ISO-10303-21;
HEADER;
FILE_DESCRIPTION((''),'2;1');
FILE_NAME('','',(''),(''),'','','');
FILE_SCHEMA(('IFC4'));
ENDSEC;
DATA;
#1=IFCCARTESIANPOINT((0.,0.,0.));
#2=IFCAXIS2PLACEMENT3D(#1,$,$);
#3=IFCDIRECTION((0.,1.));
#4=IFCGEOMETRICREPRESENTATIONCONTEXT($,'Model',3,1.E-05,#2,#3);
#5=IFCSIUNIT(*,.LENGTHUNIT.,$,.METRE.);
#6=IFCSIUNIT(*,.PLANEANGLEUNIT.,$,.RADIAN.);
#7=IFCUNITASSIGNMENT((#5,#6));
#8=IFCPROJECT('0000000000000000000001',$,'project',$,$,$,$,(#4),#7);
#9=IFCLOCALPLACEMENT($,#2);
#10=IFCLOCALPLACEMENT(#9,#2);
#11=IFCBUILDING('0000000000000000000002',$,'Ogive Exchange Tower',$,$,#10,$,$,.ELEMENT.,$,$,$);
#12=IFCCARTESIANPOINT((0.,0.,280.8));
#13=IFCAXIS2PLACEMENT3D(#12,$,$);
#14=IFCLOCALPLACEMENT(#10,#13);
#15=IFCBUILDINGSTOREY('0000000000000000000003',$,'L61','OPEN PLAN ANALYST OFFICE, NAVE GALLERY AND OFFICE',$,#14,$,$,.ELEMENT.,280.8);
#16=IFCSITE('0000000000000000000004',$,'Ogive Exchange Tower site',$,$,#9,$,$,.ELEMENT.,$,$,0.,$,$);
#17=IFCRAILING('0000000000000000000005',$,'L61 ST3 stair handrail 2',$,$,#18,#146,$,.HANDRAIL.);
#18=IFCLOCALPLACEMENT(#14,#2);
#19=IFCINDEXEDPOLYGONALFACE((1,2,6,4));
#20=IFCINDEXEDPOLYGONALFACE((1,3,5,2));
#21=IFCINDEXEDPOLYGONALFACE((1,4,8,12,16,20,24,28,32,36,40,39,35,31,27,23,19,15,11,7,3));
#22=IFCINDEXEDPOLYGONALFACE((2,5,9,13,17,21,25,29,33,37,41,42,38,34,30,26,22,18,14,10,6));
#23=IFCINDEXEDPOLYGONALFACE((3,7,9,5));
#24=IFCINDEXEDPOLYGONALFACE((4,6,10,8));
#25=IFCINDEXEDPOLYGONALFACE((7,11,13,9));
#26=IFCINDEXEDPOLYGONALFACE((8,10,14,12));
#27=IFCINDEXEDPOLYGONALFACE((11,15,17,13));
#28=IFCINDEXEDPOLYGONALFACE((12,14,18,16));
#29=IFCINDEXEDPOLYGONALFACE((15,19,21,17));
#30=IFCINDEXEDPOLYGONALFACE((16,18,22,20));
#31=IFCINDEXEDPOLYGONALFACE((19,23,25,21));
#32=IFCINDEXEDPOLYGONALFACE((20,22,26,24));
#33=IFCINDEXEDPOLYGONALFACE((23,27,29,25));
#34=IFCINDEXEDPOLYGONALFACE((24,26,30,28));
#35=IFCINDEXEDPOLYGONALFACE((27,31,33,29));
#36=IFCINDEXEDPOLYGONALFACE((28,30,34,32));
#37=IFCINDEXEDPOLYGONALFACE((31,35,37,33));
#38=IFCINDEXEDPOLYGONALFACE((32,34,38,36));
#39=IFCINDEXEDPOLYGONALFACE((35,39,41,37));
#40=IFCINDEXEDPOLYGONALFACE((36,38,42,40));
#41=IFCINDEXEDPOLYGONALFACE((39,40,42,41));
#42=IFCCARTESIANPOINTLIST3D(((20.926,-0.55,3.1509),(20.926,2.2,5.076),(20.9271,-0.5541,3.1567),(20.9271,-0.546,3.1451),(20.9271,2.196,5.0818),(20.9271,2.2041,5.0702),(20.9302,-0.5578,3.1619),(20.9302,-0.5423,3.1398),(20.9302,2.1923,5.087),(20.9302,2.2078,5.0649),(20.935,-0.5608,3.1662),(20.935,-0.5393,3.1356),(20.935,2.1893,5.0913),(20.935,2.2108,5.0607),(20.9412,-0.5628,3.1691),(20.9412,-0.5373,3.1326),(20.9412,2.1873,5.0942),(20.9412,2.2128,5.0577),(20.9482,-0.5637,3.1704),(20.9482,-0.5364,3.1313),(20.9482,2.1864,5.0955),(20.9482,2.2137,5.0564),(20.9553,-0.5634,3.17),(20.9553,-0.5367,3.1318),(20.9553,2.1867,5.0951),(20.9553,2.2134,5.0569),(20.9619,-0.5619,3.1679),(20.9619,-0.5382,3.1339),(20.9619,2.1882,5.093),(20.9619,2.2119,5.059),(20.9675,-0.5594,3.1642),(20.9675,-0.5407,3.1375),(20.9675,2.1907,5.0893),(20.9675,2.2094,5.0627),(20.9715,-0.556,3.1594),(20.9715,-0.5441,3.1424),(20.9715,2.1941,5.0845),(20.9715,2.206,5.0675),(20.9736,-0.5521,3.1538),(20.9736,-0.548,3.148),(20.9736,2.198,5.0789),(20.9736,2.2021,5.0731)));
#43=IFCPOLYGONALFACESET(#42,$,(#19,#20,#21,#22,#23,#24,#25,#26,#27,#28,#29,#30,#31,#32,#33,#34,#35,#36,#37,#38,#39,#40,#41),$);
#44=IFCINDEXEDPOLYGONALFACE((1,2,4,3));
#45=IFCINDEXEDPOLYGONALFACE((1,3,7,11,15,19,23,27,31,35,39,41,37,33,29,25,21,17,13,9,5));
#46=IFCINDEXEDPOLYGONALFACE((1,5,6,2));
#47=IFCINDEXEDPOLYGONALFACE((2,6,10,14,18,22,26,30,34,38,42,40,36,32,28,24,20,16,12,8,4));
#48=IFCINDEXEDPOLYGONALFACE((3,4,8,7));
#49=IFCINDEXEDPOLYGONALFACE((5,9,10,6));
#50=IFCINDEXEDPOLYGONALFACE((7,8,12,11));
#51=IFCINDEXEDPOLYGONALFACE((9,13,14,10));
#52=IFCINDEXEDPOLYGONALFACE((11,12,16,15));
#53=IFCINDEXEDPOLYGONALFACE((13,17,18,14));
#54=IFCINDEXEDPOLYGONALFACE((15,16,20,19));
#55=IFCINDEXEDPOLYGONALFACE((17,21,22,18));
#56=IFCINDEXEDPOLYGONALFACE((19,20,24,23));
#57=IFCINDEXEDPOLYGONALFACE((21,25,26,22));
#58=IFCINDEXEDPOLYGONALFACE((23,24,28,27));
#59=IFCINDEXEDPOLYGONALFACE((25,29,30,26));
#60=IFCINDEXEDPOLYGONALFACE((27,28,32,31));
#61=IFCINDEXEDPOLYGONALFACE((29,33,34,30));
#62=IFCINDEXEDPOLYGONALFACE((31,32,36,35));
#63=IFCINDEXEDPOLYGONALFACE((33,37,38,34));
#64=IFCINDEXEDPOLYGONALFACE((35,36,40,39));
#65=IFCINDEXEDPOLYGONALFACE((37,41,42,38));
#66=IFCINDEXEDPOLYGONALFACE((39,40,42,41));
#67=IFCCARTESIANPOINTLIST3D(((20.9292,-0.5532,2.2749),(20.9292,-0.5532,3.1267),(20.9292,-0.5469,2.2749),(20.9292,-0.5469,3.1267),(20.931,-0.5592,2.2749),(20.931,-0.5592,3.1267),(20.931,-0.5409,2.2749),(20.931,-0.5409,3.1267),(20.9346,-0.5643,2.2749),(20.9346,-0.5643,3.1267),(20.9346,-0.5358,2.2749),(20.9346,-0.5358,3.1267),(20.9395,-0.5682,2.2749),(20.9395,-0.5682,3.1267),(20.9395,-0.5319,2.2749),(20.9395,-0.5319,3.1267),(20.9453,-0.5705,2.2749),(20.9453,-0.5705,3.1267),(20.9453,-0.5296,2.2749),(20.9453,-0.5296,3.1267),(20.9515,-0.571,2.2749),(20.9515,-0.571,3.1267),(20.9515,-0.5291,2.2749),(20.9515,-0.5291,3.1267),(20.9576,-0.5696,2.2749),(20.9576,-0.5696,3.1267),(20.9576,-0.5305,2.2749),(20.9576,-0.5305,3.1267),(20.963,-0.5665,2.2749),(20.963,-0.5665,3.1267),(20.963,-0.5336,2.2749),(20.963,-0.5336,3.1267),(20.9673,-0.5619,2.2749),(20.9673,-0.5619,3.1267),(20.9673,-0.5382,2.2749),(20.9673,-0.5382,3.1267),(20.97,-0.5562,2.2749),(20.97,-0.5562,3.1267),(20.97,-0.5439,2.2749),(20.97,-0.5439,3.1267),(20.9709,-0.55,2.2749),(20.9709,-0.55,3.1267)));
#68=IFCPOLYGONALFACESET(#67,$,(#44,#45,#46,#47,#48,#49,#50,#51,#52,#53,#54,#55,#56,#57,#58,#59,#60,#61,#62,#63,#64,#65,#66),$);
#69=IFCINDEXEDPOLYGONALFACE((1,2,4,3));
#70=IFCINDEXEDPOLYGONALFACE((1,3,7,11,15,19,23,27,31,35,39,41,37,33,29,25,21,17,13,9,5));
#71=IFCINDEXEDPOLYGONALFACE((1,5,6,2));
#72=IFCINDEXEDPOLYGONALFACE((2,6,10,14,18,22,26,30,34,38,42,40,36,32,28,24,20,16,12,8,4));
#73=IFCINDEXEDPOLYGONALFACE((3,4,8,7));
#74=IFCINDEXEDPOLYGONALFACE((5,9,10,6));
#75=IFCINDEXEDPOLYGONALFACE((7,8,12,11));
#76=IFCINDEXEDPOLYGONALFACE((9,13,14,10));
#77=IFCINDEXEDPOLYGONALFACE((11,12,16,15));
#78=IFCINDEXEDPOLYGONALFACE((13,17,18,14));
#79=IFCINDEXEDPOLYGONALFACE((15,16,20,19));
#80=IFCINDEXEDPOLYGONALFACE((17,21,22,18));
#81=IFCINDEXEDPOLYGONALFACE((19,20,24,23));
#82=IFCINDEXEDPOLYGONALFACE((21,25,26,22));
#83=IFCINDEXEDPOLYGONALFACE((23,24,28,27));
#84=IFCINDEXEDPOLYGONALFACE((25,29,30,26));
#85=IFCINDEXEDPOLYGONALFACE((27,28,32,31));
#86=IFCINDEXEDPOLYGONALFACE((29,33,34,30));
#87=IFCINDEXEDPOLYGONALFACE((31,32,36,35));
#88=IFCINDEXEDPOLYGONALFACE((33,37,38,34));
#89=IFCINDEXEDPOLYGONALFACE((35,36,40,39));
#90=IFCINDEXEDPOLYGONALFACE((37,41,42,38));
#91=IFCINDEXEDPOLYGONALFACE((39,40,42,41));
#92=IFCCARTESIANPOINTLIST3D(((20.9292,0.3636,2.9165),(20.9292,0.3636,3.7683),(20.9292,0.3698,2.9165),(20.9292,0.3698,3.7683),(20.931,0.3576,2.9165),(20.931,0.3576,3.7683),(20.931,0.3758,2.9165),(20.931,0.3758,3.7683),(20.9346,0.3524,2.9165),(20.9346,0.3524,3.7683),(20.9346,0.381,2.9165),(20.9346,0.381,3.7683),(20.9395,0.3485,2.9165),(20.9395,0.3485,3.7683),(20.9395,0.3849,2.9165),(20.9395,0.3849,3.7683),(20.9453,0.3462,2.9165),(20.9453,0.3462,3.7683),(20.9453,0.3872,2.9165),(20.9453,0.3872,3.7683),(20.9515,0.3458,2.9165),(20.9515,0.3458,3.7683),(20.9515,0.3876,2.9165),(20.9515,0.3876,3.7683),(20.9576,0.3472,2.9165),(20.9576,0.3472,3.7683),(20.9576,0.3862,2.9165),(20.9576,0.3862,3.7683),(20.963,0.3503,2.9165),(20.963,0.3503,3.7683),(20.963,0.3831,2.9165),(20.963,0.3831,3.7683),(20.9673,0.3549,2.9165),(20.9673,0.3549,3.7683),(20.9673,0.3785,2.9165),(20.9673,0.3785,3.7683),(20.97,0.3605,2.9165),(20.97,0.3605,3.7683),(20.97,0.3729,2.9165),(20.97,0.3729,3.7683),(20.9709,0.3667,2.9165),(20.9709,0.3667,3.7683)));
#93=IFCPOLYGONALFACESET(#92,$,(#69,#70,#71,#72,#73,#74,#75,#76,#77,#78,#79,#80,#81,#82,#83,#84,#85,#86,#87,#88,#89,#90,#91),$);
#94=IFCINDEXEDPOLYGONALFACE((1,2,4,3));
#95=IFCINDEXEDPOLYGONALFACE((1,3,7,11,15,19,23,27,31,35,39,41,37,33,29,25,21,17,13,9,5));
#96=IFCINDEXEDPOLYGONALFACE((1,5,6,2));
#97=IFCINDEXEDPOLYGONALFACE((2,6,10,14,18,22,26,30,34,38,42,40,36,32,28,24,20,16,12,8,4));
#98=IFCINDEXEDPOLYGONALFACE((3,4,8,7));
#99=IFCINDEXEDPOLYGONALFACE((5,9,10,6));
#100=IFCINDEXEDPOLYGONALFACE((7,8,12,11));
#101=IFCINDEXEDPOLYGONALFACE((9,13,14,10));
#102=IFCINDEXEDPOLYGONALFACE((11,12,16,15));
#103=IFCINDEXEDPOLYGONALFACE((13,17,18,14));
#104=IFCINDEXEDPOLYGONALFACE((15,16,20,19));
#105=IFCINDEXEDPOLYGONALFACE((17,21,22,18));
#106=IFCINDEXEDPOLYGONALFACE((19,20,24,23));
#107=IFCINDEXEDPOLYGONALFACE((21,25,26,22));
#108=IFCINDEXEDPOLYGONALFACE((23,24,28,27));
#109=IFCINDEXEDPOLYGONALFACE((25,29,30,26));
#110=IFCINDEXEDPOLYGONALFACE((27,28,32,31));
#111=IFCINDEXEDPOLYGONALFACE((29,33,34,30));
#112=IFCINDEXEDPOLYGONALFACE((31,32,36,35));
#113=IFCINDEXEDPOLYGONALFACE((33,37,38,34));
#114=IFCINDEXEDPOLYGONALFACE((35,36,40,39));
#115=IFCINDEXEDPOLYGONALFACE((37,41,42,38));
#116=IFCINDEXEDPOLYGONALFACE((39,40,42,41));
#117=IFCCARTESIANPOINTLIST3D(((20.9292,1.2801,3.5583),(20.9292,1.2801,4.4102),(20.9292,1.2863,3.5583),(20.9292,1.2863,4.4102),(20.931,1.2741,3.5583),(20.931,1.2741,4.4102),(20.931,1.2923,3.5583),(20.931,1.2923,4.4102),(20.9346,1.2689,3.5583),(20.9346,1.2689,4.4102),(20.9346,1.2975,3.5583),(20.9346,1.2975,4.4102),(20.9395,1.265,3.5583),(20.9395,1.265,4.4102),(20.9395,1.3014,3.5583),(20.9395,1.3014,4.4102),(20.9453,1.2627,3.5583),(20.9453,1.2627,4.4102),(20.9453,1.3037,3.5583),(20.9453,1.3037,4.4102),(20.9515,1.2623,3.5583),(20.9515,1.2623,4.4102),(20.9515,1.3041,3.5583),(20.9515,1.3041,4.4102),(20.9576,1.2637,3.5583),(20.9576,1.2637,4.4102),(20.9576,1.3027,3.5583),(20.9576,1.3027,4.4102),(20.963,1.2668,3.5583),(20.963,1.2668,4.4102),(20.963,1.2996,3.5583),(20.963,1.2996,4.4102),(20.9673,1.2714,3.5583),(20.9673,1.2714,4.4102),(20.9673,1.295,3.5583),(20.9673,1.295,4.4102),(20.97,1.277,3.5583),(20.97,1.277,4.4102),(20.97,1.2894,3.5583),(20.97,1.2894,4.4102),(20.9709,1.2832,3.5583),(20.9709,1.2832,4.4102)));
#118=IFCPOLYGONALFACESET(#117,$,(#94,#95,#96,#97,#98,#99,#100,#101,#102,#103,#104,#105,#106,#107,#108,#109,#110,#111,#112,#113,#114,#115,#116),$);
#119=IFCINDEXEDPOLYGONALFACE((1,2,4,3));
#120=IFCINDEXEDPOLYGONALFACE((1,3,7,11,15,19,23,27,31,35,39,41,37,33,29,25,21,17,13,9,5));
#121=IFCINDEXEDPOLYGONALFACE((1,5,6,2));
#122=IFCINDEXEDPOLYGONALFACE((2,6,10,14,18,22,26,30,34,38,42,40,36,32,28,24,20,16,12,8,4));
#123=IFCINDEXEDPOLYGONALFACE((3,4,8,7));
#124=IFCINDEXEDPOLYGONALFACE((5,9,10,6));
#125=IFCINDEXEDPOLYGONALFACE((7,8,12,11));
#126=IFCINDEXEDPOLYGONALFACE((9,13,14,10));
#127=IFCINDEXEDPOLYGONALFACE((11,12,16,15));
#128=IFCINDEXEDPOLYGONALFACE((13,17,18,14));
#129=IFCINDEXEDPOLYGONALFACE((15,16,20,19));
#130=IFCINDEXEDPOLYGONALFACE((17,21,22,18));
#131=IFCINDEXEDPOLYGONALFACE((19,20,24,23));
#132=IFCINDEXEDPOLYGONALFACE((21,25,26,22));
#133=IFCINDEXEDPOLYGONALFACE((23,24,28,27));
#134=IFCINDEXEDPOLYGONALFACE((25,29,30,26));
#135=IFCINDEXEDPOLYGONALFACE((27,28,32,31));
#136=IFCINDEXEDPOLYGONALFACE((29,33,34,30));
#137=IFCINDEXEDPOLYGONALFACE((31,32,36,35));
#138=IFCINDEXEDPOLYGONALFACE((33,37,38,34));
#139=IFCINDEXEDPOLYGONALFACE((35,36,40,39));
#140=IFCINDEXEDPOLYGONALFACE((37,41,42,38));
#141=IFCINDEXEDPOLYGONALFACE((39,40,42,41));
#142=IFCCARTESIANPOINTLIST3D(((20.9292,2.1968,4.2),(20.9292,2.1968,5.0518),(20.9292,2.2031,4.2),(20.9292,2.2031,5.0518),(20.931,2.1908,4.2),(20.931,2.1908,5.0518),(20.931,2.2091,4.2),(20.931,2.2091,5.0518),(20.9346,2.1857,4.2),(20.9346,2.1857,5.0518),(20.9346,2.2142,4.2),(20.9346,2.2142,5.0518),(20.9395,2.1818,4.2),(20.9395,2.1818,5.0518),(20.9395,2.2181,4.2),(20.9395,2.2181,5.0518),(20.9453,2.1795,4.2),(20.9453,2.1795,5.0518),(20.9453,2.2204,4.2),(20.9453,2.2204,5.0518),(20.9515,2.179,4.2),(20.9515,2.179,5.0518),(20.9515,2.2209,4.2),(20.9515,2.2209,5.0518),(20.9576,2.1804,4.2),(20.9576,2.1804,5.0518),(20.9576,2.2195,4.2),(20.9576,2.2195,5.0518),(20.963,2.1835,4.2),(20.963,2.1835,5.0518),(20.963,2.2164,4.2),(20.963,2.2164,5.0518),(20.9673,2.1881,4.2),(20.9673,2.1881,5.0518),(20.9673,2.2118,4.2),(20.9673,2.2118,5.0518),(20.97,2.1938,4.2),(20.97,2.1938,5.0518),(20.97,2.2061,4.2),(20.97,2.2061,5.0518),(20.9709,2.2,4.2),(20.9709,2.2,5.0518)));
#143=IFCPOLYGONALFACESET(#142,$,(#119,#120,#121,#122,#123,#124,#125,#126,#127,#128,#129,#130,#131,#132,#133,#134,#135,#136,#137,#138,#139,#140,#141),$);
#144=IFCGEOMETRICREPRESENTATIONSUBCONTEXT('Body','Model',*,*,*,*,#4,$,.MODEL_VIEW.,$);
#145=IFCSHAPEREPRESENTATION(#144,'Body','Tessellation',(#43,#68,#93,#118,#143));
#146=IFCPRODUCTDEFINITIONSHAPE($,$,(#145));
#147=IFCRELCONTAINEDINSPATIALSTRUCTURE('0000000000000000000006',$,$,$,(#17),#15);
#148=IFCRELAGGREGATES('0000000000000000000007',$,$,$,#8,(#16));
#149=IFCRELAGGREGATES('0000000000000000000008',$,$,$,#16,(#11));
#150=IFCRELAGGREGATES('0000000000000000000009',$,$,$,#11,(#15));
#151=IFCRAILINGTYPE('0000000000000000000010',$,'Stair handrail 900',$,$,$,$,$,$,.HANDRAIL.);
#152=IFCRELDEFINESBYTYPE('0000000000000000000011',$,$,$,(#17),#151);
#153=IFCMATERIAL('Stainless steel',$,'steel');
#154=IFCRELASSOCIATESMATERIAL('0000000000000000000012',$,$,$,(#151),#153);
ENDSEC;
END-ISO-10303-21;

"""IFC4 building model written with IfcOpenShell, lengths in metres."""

from ifc_helpers import new_model, si_unit, direction, frame, origin, origin_2d, place, context, subcontext, project, spatial, circle, extrude, material, type_object, element, save


model = new_model("IFC4")

# Units and contexts
model_context = context("Model", 3, precision=1e-05, world=origin(), true_north=direction((0.0, 1.0)))
body_context = subcontext(model_context, "Body", "Model", "MODEL_VIEW")
ifc_project = project(units=[si_unit("LENGTHUNIT", "METRE"), si_unit("PLANEANGLEUNIT", "RADIAN")], contexts=[model_context])

# Site, building, storey
site_placement = place(None, origin())
site = spatial("IfcSite", under=ifc_project, at=site_placement, Name="Ogive Exchange Tower site", CompositionType="ELEMENT", RefElevation=0.0)
building_placement = place(site_placement, origin())
building = spatial("IfcBuilding", under=site, at=building_placement, Name="Ogive Exchange Tower", CompositionType="ELEMENT")
storey_placement = place(building_placement, frame((0.0, 0.0, 280.8)))
storey = spatial("IfcBuildingStorey", under=building, at=storey_placement, Name="L61", Description="OPEN PLAN ANALYST OFFICE, NAVE GALLERY AND OFFICE", CompositionType="ELEMENT", Elevation=280.8)

# Railing
ifc_material_1 = material(Name="Stainless steel", Category="steel")
railing_type_1 = type_object("IfcRailingType", Name="Stair handrail 900", PredefinedType="HANDRAIL", material=ifc_material_1)
railing_1_placement = place(storey_placement, frame((20.95, -0.55, 2.2749)))
element("IfcRailing", 1, at=railing_1_placement, inside=storey, type_object=railing_type_1, Name="L61 ST3 stair handrail 2", PredefinedType="HANDRAIL", context=body_context, shape_type="SweptSolid", body=[
    extrude(circle(Radius=0.0239, at=origin_2d()), frame((0.0, 0.0, 0.876), z_axis=(0.0, 0.819225, 0.573472), x_axis=(-1.0, 0.0, 0.0)), (0.0, 0.0, 1.0), 3.3569),
    extrude(circle(Radius=0.021, at=origin_2d()), origin(), (0.0, 0.0, 1.0), 0.8518),
    extrude(circle(Radius=0.021, at=origin_2d()), frame((0.0, 0.9167, 0.6416)), (0.0, 0.0, 1.0), 0.8518),
    extrude(circle(Radius=0.021, at=origin_2d()), frame((0.0, 1.8333, 1.2834)), (0.0, 0.0, 1.0), 0.8518),
    extrude(circle(Radius=0.021, at=origin_2d()), frame((0.0, 2.75, 1.925)), (0.0, 0.0, 1.0), 0.8518),
])

save(model, "model.ifc")
